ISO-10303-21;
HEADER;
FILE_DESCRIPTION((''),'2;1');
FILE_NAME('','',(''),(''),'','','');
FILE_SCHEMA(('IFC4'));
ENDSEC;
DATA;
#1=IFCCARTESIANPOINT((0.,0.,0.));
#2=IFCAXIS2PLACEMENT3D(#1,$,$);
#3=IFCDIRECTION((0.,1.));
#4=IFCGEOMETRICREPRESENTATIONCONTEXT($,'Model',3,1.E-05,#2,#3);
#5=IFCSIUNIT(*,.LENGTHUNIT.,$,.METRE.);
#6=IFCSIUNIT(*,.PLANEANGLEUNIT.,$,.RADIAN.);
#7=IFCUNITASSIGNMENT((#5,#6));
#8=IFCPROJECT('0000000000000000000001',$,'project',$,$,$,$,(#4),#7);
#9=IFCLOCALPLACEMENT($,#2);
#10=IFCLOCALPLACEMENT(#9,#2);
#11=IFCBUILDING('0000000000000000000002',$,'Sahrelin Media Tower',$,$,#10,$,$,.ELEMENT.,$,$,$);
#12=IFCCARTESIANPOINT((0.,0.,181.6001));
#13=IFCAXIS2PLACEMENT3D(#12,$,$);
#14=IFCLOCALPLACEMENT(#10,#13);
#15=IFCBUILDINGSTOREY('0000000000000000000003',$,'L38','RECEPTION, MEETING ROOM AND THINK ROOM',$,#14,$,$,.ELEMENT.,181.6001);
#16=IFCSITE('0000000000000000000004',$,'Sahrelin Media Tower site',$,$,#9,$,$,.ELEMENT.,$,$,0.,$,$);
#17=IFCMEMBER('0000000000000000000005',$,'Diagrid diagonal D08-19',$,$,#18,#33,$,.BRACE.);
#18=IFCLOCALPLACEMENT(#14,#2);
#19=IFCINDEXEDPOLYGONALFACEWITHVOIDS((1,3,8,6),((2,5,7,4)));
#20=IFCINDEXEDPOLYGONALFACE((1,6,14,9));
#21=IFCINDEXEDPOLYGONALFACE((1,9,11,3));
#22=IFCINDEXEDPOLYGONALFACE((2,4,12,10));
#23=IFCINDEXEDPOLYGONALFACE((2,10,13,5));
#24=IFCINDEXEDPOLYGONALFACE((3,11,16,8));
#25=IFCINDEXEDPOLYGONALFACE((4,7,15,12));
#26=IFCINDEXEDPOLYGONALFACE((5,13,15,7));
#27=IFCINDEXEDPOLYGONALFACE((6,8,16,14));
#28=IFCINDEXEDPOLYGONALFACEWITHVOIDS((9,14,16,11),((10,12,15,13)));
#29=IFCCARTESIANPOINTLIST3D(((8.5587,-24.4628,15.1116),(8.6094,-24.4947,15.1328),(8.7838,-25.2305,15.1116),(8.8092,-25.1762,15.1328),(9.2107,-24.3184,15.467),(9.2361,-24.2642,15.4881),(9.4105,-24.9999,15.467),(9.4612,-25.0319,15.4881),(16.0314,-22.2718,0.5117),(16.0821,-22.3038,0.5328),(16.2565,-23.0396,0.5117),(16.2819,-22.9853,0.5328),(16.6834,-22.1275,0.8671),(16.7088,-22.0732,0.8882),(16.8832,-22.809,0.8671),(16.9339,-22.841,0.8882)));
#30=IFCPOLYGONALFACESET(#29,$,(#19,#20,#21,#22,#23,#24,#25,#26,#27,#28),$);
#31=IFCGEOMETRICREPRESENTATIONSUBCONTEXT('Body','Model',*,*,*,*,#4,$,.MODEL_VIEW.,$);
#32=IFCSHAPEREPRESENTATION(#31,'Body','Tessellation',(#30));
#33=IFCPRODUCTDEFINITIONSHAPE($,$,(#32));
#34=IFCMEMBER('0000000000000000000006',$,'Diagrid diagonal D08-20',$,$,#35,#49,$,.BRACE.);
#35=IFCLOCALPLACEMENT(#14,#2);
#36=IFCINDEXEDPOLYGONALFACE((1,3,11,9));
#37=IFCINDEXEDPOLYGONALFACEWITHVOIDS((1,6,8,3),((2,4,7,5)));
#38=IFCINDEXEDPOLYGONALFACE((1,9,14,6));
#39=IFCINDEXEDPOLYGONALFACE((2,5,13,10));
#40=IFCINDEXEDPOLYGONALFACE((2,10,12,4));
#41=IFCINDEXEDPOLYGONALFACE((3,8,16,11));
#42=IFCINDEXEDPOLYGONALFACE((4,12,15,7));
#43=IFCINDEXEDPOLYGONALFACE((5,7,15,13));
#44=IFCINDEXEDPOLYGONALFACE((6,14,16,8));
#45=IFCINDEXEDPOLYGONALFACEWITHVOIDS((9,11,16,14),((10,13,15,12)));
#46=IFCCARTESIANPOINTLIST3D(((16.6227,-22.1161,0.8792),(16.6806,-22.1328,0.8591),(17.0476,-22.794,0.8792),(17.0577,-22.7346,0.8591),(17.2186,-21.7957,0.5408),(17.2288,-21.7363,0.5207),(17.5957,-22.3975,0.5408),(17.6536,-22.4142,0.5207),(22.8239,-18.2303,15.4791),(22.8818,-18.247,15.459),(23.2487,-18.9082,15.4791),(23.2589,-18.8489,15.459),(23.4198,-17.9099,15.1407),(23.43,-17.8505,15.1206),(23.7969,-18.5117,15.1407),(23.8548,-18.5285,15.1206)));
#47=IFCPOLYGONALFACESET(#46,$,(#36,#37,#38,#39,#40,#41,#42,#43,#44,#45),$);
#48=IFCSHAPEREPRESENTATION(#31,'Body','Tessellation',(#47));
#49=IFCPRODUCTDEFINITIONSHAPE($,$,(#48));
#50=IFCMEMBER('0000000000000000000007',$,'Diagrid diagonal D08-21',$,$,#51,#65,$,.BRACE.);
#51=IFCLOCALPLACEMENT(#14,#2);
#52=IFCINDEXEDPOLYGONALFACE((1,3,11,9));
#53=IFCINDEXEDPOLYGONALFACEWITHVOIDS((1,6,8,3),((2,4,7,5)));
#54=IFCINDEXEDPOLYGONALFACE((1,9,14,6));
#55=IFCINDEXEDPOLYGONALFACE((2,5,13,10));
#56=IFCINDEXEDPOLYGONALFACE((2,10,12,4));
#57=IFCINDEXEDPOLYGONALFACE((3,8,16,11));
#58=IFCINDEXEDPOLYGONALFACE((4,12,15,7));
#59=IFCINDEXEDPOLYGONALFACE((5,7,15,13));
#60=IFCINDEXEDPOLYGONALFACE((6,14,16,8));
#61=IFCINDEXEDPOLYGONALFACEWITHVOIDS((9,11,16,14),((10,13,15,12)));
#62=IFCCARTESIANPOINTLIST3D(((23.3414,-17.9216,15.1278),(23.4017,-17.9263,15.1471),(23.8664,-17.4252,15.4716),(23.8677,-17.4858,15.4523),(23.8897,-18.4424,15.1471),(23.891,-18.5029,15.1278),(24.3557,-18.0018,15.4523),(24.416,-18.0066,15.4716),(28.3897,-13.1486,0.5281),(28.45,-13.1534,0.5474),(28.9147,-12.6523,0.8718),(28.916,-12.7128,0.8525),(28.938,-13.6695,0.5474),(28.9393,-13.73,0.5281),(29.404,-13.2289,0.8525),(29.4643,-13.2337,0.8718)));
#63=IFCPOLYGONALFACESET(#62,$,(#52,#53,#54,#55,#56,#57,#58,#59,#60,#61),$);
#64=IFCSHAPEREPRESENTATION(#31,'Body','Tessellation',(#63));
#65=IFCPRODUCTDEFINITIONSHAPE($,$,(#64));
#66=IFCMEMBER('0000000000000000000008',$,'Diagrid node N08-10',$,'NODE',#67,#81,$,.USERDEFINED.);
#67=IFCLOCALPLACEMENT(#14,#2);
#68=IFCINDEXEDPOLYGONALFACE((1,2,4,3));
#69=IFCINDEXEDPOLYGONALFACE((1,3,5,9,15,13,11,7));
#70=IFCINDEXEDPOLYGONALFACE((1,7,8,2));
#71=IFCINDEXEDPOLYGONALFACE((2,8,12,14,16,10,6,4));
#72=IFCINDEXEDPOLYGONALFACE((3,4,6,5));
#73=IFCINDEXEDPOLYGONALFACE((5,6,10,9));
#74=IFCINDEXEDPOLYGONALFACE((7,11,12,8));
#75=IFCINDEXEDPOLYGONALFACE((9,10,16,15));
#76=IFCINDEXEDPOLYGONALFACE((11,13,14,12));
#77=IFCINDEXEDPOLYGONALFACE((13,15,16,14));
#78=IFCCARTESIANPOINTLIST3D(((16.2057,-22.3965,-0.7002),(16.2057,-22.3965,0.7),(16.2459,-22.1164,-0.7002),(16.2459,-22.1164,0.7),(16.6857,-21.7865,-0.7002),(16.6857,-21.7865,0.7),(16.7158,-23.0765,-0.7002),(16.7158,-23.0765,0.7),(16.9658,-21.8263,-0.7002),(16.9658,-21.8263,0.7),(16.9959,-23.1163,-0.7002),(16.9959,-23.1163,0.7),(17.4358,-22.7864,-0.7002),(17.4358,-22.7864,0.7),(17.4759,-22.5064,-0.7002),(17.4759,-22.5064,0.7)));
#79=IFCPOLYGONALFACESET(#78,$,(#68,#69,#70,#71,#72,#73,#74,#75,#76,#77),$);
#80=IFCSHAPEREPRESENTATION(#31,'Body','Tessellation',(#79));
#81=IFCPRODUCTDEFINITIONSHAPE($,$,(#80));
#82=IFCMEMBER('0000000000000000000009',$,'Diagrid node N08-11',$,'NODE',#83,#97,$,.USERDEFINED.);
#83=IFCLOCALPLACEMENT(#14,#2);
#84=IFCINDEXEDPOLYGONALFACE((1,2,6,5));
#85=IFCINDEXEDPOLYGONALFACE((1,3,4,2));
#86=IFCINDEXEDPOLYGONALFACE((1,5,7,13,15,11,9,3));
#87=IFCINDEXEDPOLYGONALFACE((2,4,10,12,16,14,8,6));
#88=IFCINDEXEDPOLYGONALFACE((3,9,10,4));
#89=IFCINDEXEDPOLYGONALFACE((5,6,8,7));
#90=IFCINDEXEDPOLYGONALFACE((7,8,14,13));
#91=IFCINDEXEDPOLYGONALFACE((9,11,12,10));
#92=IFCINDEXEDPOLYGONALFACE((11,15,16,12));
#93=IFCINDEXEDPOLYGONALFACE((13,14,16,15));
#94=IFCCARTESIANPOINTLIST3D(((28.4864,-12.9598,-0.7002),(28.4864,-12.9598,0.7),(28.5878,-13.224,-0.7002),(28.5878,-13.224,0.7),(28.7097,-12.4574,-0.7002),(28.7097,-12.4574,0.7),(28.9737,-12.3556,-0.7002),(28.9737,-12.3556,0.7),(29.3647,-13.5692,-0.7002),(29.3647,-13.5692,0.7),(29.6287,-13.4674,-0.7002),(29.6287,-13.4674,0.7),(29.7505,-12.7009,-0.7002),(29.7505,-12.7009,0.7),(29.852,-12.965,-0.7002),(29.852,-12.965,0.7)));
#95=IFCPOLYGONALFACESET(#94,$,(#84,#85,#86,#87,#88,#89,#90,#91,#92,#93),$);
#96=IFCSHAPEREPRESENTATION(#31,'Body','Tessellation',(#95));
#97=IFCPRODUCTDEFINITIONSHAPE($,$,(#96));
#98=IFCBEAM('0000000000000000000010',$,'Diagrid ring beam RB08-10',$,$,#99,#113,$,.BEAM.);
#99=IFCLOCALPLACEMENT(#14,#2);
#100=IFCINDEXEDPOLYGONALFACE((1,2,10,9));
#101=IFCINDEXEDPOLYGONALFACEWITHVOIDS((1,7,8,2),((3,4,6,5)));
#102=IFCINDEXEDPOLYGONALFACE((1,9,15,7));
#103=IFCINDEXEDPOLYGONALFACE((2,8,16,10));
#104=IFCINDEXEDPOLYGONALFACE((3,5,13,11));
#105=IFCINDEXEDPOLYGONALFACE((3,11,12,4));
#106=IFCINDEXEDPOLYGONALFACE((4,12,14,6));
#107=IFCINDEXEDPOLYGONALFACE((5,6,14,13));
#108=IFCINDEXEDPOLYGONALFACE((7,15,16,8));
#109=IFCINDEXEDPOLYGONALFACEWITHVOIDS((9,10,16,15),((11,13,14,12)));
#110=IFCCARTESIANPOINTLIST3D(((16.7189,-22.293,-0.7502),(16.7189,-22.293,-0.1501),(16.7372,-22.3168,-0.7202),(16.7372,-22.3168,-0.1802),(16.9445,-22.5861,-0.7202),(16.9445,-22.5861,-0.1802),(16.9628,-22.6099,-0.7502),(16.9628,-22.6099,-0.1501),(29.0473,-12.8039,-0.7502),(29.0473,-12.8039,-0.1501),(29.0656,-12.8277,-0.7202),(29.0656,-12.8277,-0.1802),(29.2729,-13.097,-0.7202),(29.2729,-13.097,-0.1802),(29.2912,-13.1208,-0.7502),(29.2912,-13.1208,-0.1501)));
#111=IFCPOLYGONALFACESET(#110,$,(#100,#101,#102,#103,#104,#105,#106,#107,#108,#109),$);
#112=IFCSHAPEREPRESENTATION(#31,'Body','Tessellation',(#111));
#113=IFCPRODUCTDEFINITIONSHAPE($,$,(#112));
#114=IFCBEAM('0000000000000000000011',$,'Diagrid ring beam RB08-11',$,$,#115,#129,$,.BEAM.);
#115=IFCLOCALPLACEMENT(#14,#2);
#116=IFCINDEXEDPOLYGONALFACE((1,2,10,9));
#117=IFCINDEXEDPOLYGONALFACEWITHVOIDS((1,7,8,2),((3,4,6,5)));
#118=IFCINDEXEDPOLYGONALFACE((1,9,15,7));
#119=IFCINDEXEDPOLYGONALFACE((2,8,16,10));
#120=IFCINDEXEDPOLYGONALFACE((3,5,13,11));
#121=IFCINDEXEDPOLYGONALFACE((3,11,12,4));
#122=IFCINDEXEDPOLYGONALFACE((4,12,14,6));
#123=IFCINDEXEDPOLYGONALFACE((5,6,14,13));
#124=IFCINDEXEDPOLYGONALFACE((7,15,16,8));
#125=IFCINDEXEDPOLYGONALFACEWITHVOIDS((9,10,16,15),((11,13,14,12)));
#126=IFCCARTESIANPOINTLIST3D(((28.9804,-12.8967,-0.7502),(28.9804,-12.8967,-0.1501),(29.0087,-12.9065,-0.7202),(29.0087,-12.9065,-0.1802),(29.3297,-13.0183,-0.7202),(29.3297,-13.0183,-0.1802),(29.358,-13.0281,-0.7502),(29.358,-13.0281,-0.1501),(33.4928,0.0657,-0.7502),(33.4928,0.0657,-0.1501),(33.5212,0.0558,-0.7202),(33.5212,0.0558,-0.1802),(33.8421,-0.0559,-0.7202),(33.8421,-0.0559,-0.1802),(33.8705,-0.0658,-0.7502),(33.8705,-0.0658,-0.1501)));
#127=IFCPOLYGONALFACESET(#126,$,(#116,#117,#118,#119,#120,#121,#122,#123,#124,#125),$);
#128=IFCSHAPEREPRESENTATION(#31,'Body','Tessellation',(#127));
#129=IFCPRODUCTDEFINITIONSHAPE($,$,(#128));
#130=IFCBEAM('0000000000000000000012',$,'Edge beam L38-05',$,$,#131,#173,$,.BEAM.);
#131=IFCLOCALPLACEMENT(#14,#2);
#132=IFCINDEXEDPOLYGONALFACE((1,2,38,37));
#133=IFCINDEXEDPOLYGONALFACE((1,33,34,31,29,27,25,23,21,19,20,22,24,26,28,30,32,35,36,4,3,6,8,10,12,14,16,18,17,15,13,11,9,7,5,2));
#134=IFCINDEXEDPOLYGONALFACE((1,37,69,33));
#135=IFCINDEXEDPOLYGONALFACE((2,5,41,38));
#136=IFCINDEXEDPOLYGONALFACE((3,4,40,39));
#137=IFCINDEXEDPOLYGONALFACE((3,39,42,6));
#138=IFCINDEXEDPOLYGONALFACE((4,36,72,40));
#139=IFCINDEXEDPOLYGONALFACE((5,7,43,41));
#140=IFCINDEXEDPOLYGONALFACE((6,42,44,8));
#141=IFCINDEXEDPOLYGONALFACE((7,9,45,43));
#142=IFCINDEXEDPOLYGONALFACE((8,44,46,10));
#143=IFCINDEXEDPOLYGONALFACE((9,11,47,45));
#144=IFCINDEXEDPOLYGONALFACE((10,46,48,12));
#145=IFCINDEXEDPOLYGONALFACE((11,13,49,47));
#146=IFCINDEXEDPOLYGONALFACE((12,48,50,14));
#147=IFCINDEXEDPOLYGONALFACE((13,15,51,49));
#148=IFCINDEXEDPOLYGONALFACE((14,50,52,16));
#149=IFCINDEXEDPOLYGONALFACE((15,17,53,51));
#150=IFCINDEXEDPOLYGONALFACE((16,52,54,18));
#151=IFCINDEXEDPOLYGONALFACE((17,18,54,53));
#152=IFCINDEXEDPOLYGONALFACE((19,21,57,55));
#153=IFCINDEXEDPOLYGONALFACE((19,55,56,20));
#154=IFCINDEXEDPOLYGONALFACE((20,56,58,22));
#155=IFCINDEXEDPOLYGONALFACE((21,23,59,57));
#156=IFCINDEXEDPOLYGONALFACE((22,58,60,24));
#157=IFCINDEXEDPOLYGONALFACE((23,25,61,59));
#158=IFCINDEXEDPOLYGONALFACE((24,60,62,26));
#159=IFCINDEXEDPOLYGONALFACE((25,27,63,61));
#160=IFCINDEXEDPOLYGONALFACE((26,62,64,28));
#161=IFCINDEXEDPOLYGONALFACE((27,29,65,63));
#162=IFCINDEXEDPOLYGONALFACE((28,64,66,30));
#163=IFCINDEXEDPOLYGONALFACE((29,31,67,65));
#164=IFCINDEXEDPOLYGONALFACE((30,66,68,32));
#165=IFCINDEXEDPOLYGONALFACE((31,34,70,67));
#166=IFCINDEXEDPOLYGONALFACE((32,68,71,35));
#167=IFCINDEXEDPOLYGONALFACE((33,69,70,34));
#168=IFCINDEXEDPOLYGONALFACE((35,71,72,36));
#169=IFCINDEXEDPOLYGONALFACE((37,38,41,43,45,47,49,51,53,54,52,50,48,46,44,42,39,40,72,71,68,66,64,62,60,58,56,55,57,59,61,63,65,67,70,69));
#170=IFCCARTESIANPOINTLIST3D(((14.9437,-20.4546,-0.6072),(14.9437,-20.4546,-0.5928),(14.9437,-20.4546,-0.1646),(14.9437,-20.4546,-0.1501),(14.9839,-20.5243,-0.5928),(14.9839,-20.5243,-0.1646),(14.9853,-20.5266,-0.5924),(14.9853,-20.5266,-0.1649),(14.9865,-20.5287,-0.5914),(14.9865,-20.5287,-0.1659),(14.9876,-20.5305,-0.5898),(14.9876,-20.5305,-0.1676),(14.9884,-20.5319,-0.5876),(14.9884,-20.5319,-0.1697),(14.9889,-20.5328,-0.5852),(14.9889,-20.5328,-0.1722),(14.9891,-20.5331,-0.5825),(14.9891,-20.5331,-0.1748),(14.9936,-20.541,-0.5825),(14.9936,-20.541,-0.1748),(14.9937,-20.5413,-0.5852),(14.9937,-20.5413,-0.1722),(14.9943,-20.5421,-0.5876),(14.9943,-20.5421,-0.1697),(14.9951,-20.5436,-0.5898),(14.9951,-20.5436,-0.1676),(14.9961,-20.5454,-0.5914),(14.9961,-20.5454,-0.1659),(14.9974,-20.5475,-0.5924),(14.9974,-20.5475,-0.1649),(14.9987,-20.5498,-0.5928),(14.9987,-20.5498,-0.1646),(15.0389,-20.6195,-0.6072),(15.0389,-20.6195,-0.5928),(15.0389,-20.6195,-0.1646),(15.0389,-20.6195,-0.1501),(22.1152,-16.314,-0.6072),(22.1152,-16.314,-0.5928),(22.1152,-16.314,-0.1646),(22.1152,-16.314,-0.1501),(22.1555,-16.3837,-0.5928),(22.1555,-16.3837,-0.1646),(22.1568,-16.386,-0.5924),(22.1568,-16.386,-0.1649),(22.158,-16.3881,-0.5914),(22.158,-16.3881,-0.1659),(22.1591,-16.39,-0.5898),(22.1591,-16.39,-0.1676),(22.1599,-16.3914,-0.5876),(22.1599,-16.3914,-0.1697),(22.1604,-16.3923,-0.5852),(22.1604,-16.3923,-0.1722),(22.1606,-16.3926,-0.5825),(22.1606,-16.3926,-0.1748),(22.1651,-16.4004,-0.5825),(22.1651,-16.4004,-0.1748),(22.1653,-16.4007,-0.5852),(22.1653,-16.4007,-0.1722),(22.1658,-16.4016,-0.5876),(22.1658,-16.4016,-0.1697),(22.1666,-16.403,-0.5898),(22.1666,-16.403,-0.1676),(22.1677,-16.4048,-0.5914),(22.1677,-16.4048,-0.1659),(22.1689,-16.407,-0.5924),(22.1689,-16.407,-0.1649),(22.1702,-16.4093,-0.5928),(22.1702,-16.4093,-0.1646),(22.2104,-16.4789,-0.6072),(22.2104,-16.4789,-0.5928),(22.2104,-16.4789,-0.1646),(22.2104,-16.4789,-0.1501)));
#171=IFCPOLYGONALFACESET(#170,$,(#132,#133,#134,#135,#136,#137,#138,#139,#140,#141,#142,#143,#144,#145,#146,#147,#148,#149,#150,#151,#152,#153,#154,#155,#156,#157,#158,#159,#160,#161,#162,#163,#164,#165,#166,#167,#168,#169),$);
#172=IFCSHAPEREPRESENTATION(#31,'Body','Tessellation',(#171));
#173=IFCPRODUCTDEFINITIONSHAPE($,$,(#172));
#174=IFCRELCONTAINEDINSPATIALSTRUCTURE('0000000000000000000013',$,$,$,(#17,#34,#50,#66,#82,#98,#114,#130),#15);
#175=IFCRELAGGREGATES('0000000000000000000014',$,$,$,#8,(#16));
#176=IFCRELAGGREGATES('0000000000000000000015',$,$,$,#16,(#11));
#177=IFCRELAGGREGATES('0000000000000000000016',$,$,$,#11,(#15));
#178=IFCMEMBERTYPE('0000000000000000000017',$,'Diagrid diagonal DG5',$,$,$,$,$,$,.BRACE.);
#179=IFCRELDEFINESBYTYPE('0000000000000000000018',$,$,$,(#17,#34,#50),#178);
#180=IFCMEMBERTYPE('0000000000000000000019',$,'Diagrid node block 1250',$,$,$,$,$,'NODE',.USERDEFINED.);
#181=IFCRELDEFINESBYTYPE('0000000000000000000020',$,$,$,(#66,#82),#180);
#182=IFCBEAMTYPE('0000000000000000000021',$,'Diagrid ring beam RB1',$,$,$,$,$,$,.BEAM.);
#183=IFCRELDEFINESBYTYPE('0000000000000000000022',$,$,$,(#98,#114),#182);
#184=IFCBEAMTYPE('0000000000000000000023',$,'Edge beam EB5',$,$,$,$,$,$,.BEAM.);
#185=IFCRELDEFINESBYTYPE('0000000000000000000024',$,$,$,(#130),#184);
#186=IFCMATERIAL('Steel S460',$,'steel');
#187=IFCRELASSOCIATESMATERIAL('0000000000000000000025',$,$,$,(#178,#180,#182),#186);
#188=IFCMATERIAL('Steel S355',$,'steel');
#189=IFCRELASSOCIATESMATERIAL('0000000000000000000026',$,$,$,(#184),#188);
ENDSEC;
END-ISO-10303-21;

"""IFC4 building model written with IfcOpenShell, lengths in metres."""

from ifc_helpers import new_model, si_unit, direction, frame, origin, origin_2d, place, context, subcontext, project, spatial, polyline, hollow_rectangle, i_section, outline, extrude, material, material_profile, profile_set, type_object, element, save


model = new_model("IFC4")

# Units and contexts
model_context = context("Model", 3, precision=1e-05, world=origin(), true_north=direction((0.0, 1.0)))
body_context = subcontext(model_context, "Body", "Model", "MODEL_VIEW")
ifc_project = project(units=[si_unit("LENGTHUNIT", "METRE"), si_unit("PLANEANGLEUNIT", "RADIAN")], contexts=[model_context])

# Site, building, storey
site_placement = place(None, origin())
site = spatial("IfcSite", under=ifc_project, at=site_placement, Name="Sahrelin Media Tower site", CompositionType="ELEMENT", RefElevation=0.0)
building_placement = place(site_placement, origin())
building = spatial("IfcBuilding", under=site, at=building_placement, Name="Sahrelin Media Tower", CompositionType="ELEMENT")
storey_placement = place(building_placement, frame((0.0, 0.0, 181.6001)))
storey = spatial("IfcBuildingStorey", under=building, at=storey_placement, Name="L38", Description="RECEPTION, MEETING ROOM AND THINK ROOM", CompositionType="ELEMENT", Elevation=181.6001)

# Members
ifc_material_1 = material(Name="Steel S460", Category="steel")
ifc_material_profile_1 = material_profile(ifc_material_1, hollow_rectangle(XDim=0.8, YDim=0.8, WallThickness=0.0449, at=origin_2d()), Name="Diagrid diagonal DG5")
ifc_profile_set_1 = profile_set([ifc_material_profile_1], Name="Steel S460")
member_type_1 = type_object("IfcMemberType", Name="Diagrid diagonal DG5", PredefinedType="BRACE", material=ifc_profile_set_1)
member_1_placement = place(storey_placement, frame((16.4827, -22.5564, 0.7), z_axis=(-0.451607, -0.132407, 0.882337), x_axis=(0.281348, -0.959606, 0.0)))
element("IfcMember", 1, at=member_1_placement, inside=storey, type_object=member_type_1, Name="Diagrid diagonal D08-19", PredefinedType="BRACE", context=body_context, shape_type="SweptSolid", body=[
    extrude(hollow_rectangle(XDim=0.8, YDim=0.8, WallThickness=0.0449, at=origin_2d()), origin(), (0.0, 0.0, 1.0), 16.5469),
])
member_2_placement = place(storey_placement, frame((17.1382, -22.2651, 0.7), z_axis=(0.379712, 0.237933, 0.893983), x_axis=(-0.530982, 0.847383, 0.0)))
element("IfcMember", 2, at=member_2_placement, inside=storey, type_object=member_type_1, Name="Diagrid diagonal D08-20", PredefinedType="BRACE", context=body_context, shape_type="SweptSolid", body=[
    extrude(hollow_rectangle(XDim=0.8, YDim=0.8, WallThickness=0.0449, at=origin_2d()), origin(), (0.0, 0.0, 1.0), 16.3313),
])
member_3_placement = place(storey_placement, frame((28.927, -13.1912, 0.7), z_axis=(-0.312232, -0.295199, 0.902978), x_axis=(0.687009, -0.726649, 0.0)))
element("IfcMember", 3, at=member_3_placement, inside=storey, type_object=member_type_1, Name="Diagrid diagonal D08-21", PredefinedType="BRACE", context=body_context, shape_type="SweptSolid", body=[
    extrude(hollow_rectangle(XDim=0.8, YDim=0.8, WallThickness=0.0449, at=origin_2d()), origin(), (0.0, 0.0, 1.0), 16.1685),
])
ifc_material_profile_2 = material_profile(ifc_material_1, outline(polyline([(0.425, -0.4751), (0.625, -0.2749), (0.625, 0.2749), (0.425, 0.4751), (-0.425, 0.4751), (-0.625, 0.2749), (-0.625, -0.2749), (-0.425, -0.4751), (0.425, -0.4751)])), Name="Diagrid node block 1250")
ifc_profile_set_2 = profile_set([ifc_material_profile_2], Name="Steel S460")
member_type_2 = type_object("IfcMemberType", Name="Diagrid node block 1250", ElementType="NODE", PredefinedType="USERDEFINED", material=ifc_profile_set_2)
for number, where, z_axis, x_axis, name in (
    (4, (16.8408, -22.4514, -0.7002), (0.0, 0.0, 1.0), (0.600052, -0.799961, 0.0), "Diagrid node N08-10"),
    (5, (29.1692, -12.9624, -0.7002), (0.0, 0.0, 1.0), (0.913831, -0.406094, 0.0), "Diagrid node N08-11"),
):
    element("IfcMember", number, at=place(storey_placement, frame(where, z_axis=z_axis, x_axis=x_axis)), inside=storey, type_object=member_type_2, Name=name, ObjectType="NODE", PredefinedType="USERDEFINED", context=body_context, shape_type="SweptSolid", body=[
        extrude(outline(polyline([(0.425, -0.4751), (0.625, -0.2749), (0.625, 0.2749), (0.425, 0.4751), (-0.425, 0.4751), (-0.625, 0.2749), (-0.625, -0.2749), (-0.425, -0.4751), (0.425, -0.4751)])), origin(), (0.0, 0.0, 1.0), 1.4001),
    ])

# Beams
ifc_material_profile_3 = material_profile(ifc_material_1, hollow_rectangle(XDim=0.3999, YDim=0.6001, WallThickness=0.03, at=origin_2d()), Name="Diagrid ring beam RB1")
ifc_profile_set_3 = profile_set([ifc_material_profile_3], Name="Steel S460")
beam_type_1 = type_object("IfcBeamType", Name="Diagrid ring beam RB1", PredefinedType="BEAM", material=ifc_profile_set_3)
beam_1_placement = place(storey_placement, frame((16.8408, -22.4514, -0.4502), z_axis=(0.792448, 0.609939, 0.0), x_axis=(-0.609939, 0.792448, 0.0)))
element("IfcBeam", 6, at=beam_1_placement, inside=storey, type_object=beam_type_1, Name="Diagrid ring beam RB08-10", PredefinedType="BEAM", context=body_context, shape_type="SweptSolid", body=[
    extrude(hollow_rectangle(XDim=0.3999, YDim=0.6001, WallThickness=0.03, at=origin_2d()), origin(), (0.0, 0.0, 1.0), 15.5574),
])
beam_2_placement = place(storey_placement, frame((29.1692, -12.9624, -0.4502), z_axis=(0.328767, 0.944411, 0.0), x_axis=(-0.944411, 0.328767, 0.0)))
element("IfcBeam", 7, at=beam_2_placement, inside=storey, type_object=beam_type_1, Name="Diagrid ring beam RB08-11", PredefinedType="BEAM", context=body_context, shape_type="SweptSolid", body=[
    extrude(hollow_rectangle(XDim=0.3999, YDim=0.6001, WallThickness=0.03, at=origin_2d()), origin(), (0.0, 0.0, 1.0), 13.7253),
])
ifc_material_2 = material(Name="Steel S355", Category="steel")
ifc_material_profile_4 = material_profile(ifc_material_2, i_section(OverallWidth=0.1904, OverallDepth=0.457, WebThickness=0.009, FlangeThickness=0.0144, FilletRadius=0.0103, at=origin_2d()), Name="UB 457x191x74")
ifc_profile_set_4 = profile_set([ifc_material_profile_4], Name="Steel S355")
beam_type_2 = type_object("IfcBeamType", Name="Edge beam EB5", PredefinedType="BEAM", material=ifc_profile_set_4)
beam_3_placement = place(storey_placement, frame((22.1628, -16.3965, -0.3787), z_axis=(-0.866021, -0.500007, 0.0), x_axis=(0.500007, -0.866021, 0.0)))
element("IfcBeam", 8, at=beam_3_placement, inside=storey, type_object=beam_type_2, Name="Edge beam L38-05", PredefinedType="BEAM", context=body_context, shape_type="SweptSolid", body=[
    extrude(i_section(OverallWidth=0.1904, OverallDepth=0.457, WebThickness=0.009, FlangeThickness=0.0144, FilletRadius=0.0103, at=origin_2d()), origin(), (0.0, 0.0, 1.0), 8.281),
])

save(model, "model.ifc")
